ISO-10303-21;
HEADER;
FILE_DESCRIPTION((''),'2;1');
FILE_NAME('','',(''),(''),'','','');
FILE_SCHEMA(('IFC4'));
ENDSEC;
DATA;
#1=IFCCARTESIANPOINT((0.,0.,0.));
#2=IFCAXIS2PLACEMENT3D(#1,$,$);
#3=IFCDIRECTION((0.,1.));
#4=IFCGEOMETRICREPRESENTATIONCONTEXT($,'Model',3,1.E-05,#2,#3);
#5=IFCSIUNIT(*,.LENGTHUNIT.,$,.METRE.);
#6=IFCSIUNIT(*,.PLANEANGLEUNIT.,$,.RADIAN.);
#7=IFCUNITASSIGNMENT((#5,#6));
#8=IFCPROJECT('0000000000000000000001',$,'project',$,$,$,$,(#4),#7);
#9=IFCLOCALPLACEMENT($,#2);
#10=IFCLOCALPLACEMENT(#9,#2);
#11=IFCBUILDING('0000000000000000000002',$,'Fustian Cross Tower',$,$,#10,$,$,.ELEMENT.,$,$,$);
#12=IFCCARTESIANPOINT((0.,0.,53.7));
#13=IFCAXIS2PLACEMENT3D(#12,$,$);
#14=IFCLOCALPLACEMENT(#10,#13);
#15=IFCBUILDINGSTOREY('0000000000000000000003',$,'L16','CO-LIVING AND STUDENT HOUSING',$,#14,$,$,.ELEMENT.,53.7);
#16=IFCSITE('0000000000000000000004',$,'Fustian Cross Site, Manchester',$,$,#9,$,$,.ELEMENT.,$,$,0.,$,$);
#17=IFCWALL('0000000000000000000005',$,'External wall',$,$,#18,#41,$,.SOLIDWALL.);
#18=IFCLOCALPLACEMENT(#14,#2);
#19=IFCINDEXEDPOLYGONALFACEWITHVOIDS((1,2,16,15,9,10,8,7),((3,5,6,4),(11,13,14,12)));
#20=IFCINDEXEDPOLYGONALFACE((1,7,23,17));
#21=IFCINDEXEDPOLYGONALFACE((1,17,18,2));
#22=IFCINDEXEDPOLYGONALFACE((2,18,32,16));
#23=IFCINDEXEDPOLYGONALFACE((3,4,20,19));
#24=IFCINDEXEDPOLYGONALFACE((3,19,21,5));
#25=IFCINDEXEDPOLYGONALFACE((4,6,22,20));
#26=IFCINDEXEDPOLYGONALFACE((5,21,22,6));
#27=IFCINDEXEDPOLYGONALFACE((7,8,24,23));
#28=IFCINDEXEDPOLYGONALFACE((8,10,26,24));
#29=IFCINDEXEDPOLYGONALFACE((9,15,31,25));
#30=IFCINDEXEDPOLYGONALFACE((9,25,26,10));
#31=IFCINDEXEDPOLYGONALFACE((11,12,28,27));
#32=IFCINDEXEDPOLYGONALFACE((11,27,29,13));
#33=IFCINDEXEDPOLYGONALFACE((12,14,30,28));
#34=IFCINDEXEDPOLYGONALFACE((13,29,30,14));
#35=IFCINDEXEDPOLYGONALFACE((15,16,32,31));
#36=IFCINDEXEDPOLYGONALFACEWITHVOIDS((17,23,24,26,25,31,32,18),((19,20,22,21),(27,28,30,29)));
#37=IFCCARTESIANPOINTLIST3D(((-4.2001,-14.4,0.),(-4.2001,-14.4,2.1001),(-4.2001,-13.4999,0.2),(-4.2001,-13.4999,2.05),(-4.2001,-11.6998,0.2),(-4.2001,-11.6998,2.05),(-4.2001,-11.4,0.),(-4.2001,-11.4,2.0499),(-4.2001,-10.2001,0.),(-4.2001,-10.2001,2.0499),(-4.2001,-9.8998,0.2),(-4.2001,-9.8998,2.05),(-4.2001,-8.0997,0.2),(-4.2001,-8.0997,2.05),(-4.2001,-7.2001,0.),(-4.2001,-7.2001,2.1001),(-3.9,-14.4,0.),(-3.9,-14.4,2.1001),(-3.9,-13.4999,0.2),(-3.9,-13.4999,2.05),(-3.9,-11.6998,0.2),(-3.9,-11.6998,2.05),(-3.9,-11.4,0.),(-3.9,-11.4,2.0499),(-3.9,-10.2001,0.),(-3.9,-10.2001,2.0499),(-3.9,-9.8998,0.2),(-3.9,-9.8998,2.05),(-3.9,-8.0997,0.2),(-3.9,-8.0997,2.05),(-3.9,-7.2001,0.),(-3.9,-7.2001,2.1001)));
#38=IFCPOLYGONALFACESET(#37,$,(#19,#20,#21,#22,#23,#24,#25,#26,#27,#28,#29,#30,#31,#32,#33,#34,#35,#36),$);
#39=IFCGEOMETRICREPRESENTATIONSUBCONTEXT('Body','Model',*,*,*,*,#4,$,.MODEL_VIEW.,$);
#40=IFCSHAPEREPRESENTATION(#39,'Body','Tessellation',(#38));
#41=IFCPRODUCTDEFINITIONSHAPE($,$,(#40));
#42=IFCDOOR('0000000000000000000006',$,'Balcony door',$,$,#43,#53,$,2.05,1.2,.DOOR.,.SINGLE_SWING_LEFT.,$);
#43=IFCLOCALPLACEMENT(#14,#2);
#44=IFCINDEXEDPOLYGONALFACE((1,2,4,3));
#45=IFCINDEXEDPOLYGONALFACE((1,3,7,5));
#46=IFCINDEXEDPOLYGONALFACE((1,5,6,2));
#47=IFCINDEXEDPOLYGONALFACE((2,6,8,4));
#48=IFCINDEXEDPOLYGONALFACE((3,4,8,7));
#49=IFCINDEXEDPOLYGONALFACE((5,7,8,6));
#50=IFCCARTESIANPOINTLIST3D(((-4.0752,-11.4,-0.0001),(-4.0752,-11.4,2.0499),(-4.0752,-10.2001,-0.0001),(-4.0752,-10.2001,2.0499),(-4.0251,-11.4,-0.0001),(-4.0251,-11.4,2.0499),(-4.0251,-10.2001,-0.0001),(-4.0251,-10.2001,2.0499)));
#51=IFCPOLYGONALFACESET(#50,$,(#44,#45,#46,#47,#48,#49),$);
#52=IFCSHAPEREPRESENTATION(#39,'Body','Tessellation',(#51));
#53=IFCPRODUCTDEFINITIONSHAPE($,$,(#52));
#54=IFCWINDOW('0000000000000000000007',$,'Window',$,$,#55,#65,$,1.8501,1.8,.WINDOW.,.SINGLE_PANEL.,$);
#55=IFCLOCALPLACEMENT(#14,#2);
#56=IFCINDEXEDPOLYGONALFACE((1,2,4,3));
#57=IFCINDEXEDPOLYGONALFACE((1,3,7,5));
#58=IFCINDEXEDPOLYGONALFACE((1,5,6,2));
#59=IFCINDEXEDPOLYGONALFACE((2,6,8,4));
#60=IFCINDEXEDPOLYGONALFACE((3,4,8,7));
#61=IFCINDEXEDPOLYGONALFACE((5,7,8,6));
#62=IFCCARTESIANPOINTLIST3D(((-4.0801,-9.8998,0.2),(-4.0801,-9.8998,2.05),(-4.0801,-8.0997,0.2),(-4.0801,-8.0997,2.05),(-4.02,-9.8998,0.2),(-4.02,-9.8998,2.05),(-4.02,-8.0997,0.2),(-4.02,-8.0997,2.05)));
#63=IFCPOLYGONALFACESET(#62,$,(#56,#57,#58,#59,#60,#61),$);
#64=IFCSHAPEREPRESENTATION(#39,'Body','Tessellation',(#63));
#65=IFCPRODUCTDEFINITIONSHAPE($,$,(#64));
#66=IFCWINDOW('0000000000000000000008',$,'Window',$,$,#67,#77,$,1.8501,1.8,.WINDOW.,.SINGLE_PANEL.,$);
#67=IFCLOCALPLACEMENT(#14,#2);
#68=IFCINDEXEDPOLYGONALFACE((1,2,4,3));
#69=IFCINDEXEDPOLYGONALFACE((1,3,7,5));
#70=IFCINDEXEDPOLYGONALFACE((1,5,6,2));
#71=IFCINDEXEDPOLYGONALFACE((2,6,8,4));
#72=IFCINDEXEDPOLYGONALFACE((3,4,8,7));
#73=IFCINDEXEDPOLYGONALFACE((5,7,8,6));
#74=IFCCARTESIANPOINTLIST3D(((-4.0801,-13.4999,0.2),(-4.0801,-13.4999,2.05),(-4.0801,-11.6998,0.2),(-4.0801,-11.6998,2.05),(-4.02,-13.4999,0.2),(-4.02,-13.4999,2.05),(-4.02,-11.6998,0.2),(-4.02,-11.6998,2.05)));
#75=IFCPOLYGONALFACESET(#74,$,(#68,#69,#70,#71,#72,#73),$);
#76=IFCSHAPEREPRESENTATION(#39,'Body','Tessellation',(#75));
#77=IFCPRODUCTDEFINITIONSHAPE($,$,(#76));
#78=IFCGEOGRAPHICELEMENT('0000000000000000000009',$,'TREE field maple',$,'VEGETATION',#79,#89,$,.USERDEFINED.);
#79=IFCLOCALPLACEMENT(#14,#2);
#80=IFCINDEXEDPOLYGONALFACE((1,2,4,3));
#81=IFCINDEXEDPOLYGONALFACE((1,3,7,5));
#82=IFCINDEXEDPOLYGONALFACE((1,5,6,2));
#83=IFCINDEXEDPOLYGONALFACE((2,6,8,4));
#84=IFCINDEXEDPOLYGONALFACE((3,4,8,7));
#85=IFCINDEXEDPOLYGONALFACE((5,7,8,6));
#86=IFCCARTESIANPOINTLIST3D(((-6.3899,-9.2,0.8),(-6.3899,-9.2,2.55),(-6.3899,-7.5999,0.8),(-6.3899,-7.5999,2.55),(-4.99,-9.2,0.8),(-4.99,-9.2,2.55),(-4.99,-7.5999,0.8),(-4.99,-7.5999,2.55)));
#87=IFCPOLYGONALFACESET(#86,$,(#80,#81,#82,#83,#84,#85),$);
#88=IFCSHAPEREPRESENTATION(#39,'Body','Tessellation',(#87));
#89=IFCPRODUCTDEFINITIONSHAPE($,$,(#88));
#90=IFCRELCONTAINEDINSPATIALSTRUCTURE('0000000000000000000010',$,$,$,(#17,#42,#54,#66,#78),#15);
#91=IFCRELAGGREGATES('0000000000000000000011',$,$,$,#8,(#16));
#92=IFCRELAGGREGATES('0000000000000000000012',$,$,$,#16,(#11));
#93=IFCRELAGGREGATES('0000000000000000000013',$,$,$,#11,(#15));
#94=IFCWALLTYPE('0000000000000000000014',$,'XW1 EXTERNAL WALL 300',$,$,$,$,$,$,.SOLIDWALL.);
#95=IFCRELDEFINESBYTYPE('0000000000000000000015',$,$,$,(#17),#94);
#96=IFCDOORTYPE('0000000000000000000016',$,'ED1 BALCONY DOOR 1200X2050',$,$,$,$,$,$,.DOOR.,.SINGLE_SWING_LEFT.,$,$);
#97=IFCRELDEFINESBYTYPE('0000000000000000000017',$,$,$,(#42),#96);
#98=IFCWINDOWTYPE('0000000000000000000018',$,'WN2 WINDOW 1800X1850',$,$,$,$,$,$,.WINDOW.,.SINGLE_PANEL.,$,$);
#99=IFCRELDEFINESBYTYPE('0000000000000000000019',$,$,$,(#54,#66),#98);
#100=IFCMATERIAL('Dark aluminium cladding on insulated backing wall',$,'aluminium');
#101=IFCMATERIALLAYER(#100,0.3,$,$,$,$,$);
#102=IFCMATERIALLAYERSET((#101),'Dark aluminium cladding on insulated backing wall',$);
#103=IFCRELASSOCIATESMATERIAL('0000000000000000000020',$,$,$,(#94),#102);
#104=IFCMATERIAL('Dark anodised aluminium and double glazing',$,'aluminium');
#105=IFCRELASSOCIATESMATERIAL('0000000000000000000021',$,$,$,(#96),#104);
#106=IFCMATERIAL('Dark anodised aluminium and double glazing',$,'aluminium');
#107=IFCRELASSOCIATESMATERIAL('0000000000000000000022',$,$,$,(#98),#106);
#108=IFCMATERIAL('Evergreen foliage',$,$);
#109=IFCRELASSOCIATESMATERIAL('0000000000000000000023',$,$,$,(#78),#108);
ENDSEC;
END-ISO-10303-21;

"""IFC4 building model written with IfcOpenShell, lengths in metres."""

from ifc_helpers import new_model, si_unit, direction, frame, frame_2d, origin, origin_2d, place, context, subcontext, project, spatial, rectangle, extrude, material, layer, layer_set, type_object, element, fill, save


model = new_model("IFC4")

# Units and contexts
model_context = context("Model", 3, precision=1e-05, world=origin(), true_north=direction((0.0, 1.0)))
body_context = subcontext(model_context, "Body", "Model", "MODEL_VIEW")
ifc_project = project(units=[si_unit("LENGTHUNIT", "METRE"), si_unit("PLANEANGLEUNIT", "RADIAN")], contexts=[model_context])

# Site, building, storey
site_placement = place(None, origin())
site = spatial("IfcSite", under=ifc_project, at=site_placement, Name="Fustian Cross Site, Manchester", CompositionType="ELEMENT", RefElevation=0.0)
building_placement = place(site_placement, origin())
building = spatial("IfcBuilding", under=site, at=building_placement, Name="Fustian Cross Tower", CompositionType="ELEMENT")
storey_placement = place(building_placement, frame((0.0, 0.0, 53.7)))
storey = spatial("IfcBuildingStorey", under=building, at=storey_placement, Name="L16", Description="CO-LIVING AND STUDENT HOUSING", CompositionType="ELEMENT", Elevation=53.7)

# Shared definitions
ifc_material_1 = material(Name="Dark aluminium cladding on insulated backing wall", Category="aluminium")
ifc_layer_1 = layer(ifc_material_1, 0.3)
ifc_layer_set_1 = layer_set([ifc_layer_1], Name="Dark aluminium cladding on insulated backing wall")
wall_type_1 = type_object("IfcWallType", Name="XW1 EXTERNAL WALL 300", PredefinedType="SOLIDWALL", material=ifc_layer_set_1)

# Wall, openings, door, windows
wall_1_placement = place(storey_placement, frame((-4.05, -7.2, 0.0), z_axis=(0.0, 0.0, 1.0), x_axis=(0.0, -1.0, 0.0)))
wall_1 = element("IfcWall", 1, at=wall_1_placement, inside=storey, type_object=wall_type_1, Name="External wall", PredefinedType="SOLIDWALL", context=body_context, shape_type="SweptSolid", body=[
    extrude(rectangle(XDim=7.2, YDim=0.3, at=frame_2d((3.6001, 0.0))), origin(), (0.0, 0.0, 1.0), 2.1001),
])
opening_1_placement = place(wall_1_placement, frame((3.0, 0.0, 0.0)))
opening_1 = element("IfcOpeningElement", 2, at=opening_1_placement, cuts=wall_1, PredefinedType="OPENING", context=body_context, shape_type="SweptSolid", body=[
    extrude(rectangle(XDim=1.2, YDim=2.05, at=frame_2d((0.6001, 1.0249))), frame((0.0, 0.1599, 0.0), z_axis=(0.0, -1.0, 0.0), x_axis=(1.0, 0.0, 0.0)), (0.0, 0.0, 1.0), 0.3201),
])
opening_2_placement = place(wall_1_placement, frame((0.8999, 0.0, 0.2)))
opening_2 = element("IfcOpeningElement", 3, at=opening_2_placement, cuts=wall_1, PredefinedType="OPENING", context=body_context, shape_type="SweptSolid", body=[
    extrude(rectangle(XDim=1.8, YDim=1.8501, at=frame_2d((0.8999, 0.925))), frame((0.0, 0.1599, 0.0), z_axis=(0.0, -1.0, 0.0), x_axis=(1.0, 0.0, 0.0)), (0.0, 0.0, 1.0), 0.3201),
])
opening_3_placement = place(wall_1_placement, frame((4.5, 0.0, 0.2)))
opening_3 = element("IfcOpeningElement", 4, at=opening_3_placement, cuts=wall_1, PredefinedType="OPENING", context=body_context, shape_type="SweptSolid", body=[
    extrude(rectangle(XDim=1.8, YDim=1.8501, at=frame_2d((0.8999, 0.925))), frame((0.0, 0.1599, 0.0), z_axis=(0.0, -1.0, 0.0), x_axis=(1.0, 0.0, 0.0)), (0.0, 0.0, 1.0), 0.3201),
])
ifc_material_2 = material(Name="Dark anodised aluminium and double glazing", Category="aluminium")
door_type_1 = type_object("IfcDoorType", Name="ED1 BALCONY DOOR 1200X2050", OperationType="SINGLE_SWING_LEFT", PredefinedType="DOOR", material=ifc_material_2)
door_1_placement = place(opening_1_placement, origin())
door_1 = element("IfcDoor", 5, at=door_1_placement, inside=storey, type_object=door_type_1, Name="Balcony door", OperationType="SINGLE_SWING_LEFT", OverallHeight=2.05, OverallWidth=1.2, PredefinedType="DOOR", context=body_context, shape_type="SweptSolid", body=[
    extrude(rectangle(XDim=1.2, YDim=2.05, at=frame_2d((0.6001, 1.0249))), frame((0.0, 0.0249, 0.0), z_axis=(0.0, -1.0, 0.0), x_axis=(1.0, 0.0, 0.0)), (0.0, 0.0, 1.0), 0.05),
])
fill(opening_1, door_1)
ifc_material_3 = material(Name="Dark anodised aluminium and double glazing", Category="aluminium")
window_type = type_object("IfcWindowType", Name="WN2 WINDOW 1800X1850", PartitioningType="SINGLE_PANEL", PredefinedType="WINDOW", material=ifc_material_3)
window_1_placement = place(opening_2_placement, origin())
window_1 = element("IfcWindow", 6, at=window_1_placement, inside=storey, type_object=window_type, Name="Window", OverallHeight=1.8501, OverallWidth=1.8, PartitioningType="SINGLE_PANEL", PredefinedType="WINDOW", context=body_context, shape_type="SweptSolid", body=[
    extrude(rectangle(XDim=1.8, YDim=1.8501, at=frame_2d((0.8999, 0.925))), frame((0.0, 0.03, 0.0), z_axis=(0.0, -1.0, 0.0), x_axis=(1.0, 0.0, 0.0)), (0.0, 0.0, 1.0), 0.0601),
])
fill(opening_2, window_1)
window_2_placement = place(opening_3_placement, origin())
window_2 = element("IfcWindow", 7, at=window_2_placement, inside=storey, type_object=window_type, Name="Window", OverallHeight=1.8501, OverallWidth=1.8, PartitioningType="SINGLE_PANEL", PredefinedType="WINDOW", context=body_context, shape_type="SweptSolid", body=[
    extrude(rectangle(XDim=1.8, YDim=1.8501, at=frame_2d((0.8999, 0.925))), frame((0.0, 0.03, 0.0), z_axis=(0.0, -1.0, 0.0), x_axis=(1.0, 0.0, 0.0)), (0.0, 0.0, 1.0), 0.0601),
])
fill(opening_3, window_2)

# Geographic element
ifc_material_4 = material(Name="Evergreen foliage")
geographic_element_placement = place(storey_placement, frame((-5.6899, -8.3999, 0.8), z_axis=(0.0, 0.0, 1.0), x_axis=(1.0, 0.0, 0.0)))
element("IfcGeographicElement", 8, at=geographic_element_placement, inside=storey, material=ifc_material_4, Name="TREE field maple", ObjectType="VEGETATION", PredefinedType="USERDEFINED", context=body_context, shape_type="SweptSolid", body=[
    extrude(rectangle(XDim=1.3999, YDim=1.6001, at=origin_2d()), origin(), (0.0, 0.0, 1.0), 1.75),
])

save(model, "model.ifc")
